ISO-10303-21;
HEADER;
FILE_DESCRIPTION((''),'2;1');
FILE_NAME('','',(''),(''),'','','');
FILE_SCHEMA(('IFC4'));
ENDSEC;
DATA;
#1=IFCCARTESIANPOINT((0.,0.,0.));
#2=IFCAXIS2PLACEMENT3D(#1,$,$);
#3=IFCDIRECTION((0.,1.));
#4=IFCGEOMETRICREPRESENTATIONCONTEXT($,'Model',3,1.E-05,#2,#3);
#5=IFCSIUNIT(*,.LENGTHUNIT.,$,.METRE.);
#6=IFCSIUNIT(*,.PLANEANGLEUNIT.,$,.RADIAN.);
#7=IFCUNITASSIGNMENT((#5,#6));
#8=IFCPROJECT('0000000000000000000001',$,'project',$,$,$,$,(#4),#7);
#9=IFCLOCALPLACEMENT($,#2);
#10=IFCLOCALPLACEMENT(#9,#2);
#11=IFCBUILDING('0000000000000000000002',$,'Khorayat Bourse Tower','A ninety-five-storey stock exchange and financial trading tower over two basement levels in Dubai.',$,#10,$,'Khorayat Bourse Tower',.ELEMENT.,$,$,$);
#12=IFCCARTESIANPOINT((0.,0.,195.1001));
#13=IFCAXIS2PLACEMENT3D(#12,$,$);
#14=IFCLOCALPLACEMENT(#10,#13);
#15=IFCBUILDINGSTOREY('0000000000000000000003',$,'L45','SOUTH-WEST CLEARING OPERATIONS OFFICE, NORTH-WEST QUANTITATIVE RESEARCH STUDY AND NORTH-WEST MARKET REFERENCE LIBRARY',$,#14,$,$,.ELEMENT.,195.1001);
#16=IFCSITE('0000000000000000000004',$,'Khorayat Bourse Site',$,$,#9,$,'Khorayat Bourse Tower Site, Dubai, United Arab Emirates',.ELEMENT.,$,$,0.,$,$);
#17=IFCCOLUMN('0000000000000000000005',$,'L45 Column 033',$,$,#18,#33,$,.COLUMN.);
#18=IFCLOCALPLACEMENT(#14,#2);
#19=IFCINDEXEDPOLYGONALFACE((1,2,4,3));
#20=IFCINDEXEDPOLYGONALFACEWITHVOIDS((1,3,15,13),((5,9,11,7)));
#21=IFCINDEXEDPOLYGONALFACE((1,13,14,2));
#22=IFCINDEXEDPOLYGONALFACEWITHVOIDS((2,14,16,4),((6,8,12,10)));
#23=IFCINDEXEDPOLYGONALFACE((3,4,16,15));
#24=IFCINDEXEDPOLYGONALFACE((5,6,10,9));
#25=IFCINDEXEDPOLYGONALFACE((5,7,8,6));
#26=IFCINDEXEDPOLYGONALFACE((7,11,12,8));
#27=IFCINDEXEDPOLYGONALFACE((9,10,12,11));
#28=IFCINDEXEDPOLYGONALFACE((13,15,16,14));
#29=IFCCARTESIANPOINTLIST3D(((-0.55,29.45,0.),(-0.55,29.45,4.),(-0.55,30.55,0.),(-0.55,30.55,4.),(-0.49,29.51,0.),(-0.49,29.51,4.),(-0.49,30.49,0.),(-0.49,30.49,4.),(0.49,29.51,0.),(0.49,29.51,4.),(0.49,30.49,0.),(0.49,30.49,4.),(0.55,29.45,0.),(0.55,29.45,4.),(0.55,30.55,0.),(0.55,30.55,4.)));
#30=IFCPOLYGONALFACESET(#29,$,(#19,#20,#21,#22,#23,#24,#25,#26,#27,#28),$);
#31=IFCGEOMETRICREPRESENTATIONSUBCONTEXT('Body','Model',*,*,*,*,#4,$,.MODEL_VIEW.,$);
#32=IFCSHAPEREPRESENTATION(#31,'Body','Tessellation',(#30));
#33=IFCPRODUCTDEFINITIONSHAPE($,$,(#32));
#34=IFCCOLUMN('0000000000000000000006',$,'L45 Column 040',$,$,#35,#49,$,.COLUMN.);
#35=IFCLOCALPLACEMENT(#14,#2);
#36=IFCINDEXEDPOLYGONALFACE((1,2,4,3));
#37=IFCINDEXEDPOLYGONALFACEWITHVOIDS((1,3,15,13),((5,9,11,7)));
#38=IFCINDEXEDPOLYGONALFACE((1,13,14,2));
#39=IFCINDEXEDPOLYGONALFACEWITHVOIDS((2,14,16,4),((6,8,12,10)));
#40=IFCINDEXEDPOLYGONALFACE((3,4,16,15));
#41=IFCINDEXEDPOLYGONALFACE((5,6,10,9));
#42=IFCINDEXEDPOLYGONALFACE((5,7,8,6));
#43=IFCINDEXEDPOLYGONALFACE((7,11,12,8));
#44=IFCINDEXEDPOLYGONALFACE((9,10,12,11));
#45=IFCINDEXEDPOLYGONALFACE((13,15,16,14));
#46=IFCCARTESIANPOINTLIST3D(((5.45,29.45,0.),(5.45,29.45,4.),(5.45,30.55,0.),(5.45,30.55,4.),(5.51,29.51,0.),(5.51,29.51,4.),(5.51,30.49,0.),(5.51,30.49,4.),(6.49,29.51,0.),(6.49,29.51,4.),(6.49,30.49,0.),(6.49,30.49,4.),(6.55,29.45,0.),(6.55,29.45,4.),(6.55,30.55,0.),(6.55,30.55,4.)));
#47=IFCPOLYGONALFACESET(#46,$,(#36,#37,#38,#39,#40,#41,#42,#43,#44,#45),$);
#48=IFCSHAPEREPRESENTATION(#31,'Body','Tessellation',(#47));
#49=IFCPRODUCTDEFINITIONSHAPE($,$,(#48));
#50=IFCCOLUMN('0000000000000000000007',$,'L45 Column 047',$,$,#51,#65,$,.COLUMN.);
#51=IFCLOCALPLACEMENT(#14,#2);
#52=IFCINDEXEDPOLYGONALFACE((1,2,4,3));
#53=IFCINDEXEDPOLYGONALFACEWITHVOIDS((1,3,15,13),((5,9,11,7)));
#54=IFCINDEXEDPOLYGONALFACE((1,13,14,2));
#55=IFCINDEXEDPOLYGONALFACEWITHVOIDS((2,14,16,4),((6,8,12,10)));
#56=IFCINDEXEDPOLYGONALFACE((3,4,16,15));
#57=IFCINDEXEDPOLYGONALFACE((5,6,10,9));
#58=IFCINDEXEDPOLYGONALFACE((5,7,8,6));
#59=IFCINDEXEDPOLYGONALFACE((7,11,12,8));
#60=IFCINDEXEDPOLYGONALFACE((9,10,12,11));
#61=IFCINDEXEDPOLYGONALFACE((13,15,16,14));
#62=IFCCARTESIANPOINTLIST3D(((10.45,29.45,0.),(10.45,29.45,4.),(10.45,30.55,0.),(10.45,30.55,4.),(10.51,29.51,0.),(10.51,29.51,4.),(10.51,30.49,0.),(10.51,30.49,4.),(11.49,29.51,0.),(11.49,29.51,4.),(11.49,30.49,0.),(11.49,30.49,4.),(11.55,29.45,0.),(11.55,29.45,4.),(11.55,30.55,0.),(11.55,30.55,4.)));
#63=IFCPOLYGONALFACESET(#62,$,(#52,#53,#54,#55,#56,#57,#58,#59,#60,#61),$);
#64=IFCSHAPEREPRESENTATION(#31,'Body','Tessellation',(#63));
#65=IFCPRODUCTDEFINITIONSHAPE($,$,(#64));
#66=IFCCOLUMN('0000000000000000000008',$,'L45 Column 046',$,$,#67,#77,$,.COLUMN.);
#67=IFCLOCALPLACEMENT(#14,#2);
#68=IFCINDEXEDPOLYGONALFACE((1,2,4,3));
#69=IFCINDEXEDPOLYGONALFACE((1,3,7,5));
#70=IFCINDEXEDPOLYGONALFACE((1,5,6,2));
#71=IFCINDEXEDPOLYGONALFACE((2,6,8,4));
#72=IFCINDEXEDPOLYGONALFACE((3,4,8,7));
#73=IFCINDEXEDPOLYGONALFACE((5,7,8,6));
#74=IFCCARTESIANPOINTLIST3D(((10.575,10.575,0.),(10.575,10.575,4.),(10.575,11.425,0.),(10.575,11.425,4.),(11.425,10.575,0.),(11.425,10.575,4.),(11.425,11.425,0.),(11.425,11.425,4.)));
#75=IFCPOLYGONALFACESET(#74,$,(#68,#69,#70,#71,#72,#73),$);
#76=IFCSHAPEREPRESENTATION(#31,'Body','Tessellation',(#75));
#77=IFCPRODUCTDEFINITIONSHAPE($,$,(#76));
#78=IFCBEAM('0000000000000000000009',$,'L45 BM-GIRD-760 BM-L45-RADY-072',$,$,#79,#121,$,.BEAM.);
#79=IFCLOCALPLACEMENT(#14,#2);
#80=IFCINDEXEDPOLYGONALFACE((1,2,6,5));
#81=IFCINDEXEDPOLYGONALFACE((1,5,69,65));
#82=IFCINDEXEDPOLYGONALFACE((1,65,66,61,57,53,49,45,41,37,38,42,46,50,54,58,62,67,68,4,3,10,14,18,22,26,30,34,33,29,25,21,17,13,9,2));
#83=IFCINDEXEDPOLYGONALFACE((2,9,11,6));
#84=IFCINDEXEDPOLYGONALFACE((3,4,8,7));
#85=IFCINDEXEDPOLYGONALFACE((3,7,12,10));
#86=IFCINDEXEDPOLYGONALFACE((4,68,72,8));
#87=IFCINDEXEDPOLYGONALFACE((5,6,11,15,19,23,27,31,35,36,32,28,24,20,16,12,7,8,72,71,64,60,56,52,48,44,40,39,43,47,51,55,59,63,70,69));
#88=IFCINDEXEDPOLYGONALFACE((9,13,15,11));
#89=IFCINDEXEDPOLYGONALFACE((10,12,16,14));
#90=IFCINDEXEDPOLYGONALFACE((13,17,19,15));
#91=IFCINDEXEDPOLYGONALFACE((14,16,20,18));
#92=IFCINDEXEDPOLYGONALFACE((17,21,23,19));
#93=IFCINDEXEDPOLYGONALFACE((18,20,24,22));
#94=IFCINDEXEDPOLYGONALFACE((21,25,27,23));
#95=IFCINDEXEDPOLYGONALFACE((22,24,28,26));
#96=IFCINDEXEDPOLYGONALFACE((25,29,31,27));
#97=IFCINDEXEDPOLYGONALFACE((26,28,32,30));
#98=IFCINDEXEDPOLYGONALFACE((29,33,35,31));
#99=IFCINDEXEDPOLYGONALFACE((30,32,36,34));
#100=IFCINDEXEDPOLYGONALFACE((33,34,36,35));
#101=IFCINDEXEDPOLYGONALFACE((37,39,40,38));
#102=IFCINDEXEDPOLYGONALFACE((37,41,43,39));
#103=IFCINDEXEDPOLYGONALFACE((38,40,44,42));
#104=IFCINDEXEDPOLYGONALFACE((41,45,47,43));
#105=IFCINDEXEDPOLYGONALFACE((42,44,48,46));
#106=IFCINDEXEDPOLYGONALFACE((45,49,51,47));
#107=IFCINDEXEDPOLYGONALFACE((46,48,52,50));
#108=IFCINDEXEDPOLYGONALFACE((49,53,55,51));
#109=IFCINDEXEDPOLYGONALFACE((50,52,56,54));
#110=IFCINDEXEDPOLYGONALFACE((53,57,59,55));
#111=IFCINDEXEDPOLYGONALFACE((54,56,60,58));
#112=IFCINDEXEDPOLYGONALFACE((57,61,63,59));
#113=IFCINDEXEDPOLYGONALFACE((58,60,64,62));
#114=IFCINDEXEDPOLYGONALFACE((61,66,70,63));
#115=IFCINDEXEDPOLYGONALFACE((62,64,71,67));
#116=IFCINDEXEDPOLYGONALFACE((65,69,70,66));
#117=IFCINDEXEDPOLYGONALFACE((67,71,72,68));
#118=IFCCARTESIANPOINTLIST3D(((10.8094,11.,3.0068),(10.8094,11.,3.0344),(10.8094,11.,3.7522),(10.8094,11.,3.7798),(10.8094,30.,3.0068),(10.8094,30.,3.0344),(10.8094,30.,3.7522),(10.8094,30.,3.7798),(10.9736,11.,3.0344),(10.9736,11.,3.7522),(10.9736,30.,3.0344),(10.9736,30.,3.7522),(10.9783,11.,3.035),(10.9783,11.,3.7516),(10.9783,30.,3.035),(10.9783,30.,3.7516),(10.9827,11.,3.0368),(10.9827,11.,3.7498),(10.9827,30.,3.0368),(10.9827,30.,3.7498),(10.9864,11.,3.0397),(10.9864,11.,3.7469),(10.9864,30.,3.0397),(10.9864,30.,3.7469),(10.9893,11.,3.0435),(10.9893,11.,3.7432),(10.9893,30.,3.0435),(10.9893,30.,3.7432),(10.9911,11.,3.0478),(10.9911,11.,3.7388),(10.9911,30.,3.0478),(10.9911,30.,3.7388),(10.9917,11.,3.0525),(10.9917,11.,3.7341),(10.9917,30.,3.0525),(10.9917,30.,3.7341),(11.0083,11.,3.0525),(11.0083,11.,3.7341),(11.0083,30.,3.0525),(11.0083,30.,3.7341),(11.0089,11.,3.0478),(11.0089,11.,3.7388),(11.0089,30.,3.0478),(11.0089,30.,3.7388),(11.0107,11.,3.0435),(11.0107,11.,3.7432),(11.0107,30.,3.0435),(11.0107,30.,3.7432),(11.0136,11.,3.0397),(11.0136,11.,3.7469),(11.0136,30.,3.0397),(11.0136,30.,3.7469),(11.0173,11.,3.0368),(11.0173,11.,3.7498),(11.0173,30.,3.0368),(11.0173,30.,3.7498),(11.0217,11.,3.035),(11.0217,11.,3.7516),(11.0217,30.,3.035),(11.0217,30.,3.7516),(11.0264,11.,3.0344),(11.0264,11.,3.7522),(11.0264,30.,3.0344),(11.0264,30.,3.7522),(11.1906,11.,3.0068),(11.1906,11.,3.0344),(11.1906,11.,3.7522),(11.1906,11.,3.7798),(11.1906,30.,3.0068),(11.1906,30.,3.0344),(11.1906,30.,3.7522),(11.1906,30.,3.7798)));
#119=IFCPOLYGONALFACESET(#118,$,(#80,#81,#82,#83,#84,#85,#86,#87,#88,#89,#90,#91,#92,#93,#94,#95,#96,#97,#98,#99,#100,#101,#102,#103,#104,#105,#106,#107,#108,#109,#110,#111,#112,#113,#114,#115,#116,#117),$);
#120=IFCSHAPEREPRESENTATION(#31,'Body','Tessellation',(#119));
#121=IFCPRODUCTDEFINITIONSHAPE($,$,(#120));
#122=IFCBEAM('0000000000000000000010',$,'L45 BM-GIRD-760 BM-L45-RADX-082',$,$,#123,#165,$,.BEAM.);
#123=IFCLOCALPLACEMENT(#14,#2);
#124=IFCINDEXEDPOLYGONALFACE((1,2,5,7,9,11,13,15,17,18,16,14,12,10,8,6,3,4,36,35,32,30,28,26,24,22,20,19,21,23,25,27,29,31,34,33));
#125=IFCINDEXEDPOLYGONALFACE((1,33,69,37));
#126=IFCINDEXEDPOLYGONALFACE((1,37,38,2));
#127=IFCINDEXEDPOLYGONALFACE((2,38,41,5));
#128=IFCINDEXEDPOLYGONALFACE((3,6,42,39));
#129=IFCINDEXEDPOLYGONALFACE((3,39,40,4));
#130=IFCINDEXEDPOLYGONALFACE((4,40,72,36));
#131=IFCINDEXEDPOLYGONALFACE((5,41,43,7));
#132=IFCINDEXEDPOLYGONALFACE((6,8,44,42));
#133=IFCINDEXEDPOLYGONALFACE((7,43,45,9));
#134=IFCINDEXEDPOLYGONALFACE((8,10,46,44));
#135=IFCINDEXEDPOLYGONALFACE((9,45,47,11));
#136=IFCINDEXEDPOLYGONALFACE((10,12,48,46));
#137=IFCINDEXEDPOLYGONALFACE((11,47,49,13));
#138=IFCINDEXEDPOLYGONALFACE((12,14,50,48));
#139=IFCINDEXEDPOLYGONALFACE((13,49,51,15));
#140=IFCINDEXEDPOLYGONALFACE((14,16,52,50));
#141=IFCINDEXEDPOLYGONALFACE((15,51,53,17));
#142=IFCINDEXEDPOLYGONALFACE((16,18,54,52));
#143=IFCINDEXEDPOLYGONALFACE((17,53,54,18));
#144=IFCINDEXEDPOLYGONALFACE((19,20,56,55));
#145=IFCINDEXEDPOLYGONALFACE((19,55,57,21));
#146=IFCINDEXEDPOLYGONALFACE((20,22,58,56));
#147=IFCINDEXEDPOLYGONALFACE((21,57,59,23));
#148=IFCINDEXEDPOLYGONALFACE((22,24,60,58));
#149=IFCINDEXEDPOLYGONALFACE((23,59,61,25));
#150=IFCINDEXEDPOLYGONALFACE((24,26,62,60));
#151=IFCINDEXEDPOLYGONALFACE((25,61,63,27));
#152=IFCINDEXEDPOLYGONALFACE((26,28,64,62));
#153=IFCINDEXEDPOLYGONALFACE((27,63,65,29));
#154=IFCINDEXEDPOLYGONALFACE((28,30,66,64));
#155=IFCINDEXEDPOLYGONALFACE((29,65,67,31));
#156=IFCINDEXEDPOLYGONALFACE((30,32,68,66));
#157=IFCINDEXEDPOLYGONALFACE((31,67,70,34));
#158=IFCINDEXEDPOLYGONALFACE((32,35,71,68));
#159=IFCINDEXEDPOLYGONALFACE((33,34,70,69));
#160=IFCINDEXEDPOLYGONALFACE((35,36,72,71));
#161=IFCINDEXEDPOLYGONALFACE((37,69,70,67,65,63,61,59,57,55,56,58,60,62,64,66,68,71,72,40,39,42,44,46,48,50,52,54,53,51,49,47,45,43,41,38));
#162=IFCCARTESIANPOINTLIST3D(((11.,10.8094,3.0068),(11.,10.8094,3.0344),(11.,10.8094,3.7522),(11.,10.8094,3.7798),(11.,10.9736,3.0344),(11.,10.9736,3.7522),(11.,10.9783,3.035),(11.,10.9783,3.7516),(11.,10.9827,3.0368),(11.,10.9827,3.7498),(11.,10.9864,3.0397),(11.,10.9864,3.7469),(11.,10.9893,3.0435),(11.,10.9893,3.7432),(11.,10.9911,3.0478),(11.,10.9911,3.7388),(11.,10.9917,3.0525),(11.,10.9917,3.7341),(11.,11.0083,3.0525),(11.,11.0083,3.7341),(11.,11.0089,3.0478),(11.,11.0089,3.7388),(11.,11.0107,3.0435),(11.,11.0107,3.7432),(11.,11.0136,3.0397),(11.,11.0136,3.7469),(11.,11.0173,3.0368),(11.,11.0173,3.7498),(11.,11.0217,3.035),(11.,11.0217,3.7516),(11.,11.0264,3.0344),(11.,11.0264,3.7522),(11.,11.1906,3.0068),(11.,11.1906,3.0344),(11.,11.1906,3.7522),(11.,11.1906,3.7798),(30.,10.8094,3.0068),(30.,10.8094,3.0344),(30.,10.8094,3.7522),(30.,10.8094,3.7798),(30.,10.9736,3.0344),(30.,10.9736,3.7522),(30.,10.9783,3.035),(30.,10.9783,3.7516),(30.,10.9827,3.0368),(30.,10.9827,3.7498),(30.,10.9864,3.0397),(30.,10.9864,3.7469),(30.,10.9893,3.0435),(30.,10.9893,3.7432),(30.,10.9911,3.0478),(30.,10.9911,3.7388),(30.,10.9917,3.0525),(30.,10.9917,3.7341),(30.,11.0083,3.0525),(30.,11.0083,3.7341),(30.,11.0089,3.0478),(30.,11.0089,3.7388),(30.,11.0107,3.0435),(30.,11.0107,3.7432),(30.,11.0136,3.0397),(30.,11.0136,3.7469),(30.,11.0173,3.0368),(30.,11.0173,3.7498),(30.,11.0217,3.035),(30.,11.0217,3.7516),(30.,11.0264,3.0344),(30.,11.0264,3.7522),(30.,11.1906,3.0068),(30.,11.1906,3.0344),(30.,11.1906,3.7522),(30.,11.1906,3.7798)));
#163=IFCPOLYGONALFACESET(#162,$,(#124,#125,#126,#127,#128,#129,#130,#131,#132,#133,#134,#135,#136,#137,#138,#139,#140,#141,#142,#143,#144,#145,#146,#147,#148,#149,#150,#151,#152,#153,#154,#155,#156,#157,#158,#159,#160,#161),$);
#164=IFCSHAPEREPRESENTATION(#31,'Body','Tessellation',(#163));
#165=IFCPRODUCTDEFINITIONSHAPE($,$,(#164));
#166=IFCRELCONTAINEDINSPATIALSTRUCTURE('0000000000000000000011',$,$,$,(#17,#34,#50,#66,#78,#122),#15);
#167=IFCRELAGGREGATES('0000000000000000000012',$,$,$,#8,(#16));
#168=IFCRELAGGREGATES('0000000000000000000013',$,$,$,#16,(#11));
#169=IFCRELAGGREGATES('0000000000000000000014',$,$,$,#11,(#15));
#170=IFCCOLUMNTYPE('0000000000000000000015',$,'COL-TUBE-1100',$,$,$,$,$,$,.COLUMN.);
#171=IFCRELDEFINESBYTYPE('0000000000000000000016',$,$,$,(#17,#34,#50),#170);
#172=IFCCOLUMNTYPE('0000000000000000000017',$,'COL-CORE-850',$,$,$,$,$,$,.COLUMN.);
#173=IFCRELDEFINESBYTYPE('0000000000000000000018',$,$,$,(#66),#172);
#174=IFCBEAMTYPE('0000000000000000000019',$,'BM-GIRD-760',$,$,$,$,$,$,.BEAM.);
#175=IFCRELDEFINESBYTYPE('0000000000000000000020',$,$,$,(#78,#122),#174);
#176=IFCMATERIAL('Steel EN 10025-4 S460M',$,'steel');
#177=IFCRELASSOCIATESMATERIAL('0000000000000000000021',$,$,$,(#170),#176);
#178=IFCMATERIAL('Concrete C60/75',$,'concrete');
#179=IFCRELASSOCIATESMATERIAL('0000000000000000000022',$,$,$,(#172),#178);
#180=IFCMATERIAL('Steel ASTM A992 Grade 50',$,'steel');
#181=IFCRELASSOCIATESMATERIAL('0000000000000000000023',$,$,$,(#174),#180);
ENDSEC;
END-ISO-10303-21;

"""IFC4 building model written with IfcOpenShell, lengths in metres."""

from ifc_helpers import new_model, si_unit, direction, frame, origin, origin_2d, place, context, subcontext, project, spatial, rectangle, hollow_rectangle, i_section, extrude, source, transform, mapped, material, material_profile, profile_set, type_object, element, save


model = new_model("IFC4")

# Units and contexts
model_context = context("Model", 3, precision=1e-05, world=origin(), true_north=direction((0.0, 1.0)))
body_context = subcontext(model_context, "Body", "Model", "MODEL_VIEW")
ifc_project = project(units=[si_unit("LENGTHUNIT", "METRE"), si_unit("PLANEANGLEUNIT", "RADIAN")], contexts=[model_context])

# Site, building, storey
site_placement = place(None, origin())
site = spatial("IfcSite", under=ifc_project, at=site_placement, Name="Khorayat Bourse Site", LongName="Khorayat Bourse Tower Site, Dubai, United Arab Emirates", CompositionType="ELEMENT", RefElevation=0.0)
building_placement = place(site_placement, origin())
building = spatial("IfcBuilding", under=site, at=building_placement, Name="Khorayat Bourse Tower", Description="A ninety-five-storey stock exchange and financial trading tower over two basement levels in Dubai.", LongName="Khorayat Bourse Tower", CompositionType="ELEMENT")
storey_placement = place(building_placement, frame((0.0, 0.0, 195.1001)))
storey = spatial("IfcBuildingStorey", under=building, at=storey_placement, Name="L45", Description="SOUTH-WEST CLEARING OPERATIONS OFFICE, NORTH-WEST QUANTITATIVE RESEARCH STUDY AND NORTH-WEST MARKET REFERENCE LIBRARY", CompositionType="ELEMENT", Elevation=195.1001)

# Columns
ifc_material_1 = material(Name="Steel EN 10025-4 S460M", Category="steel")
ifc_material_profile_1 = material_profile(ifc_material_1, hollow_rectangle(XDim=1.1001, YDim=1.1001, WallThickness=0.0601, at=origin_2d()), Name="BOX 1100x1100x60")
ifc_profile_set_1 = profile_set([ifc_material_profile_1], Name="Steel EN 10025-4 S460M")
column_type_1 = type_object("IfcColumnType", Name="COL-TUBE-1100", PredefinedType="COLUMN", material=ifc_profile_set_1)
shared_shape_1 = source(origin(), body_context, "Body", "SweptSolid", [
    extrude(hollow_rectangle(XDim=1.1001, YDim=1.1001, WallThickness=0.0601, at=origin_2d()), origin(), (0.0, 0.0, 1.0), 4.0),
])
for number, where, z_axis, x_axis, name in (
    (1, (0.0, 30.0, 0.0), (0.0, 0.0, 1.0), (1.0, 0.0, 0.0), "L45 Column 033"),
    (2, (6.0, 30.0, 0.0), (0.0, 0.0, 1.0), (1.0, 0.0, 0.0), "L45 Column 040"),
    (3, (11.0, 30.0, 0.0), (0.0, 0.0, 1.0), (1.0, 0.0, 0.0), "L45 Column 047"),
):
    element("IfcColumn", number, at=place(storey_placement, frame(where, z_axis=z_axis, x_axis=x_axis)), inside=storey, type_object=column_type_1, Name=name, PredefinedType="COLUMN", context=body_context, shape_type="MappedRepresentation", body=[
        mapped(shared_shape_1, transform((0.0, 0.0, 0.0), scale=1.0)),
    ])
ifc_material_2 = material(Name="Concrete C60/75", Category="concrete")
ifc_material_profile_2 = material_profile(ifc_material_2, rectangle(XDim=0.8501, YDim=0.8501, at=origin_2d()), Name="RC 850x850")
ifc_profile_set_2 = profile_set([ifc_material_profile_2], Name="Concrete C60/75")
column_type_2 = type_object("IfcColumnType", Name="COL-CORE-850", PredefinedType="COLUMN", material=ifc_profile_set_2)
shared_shape_2 = source(origin(), body_context, "Body", "SweptSolid", [
    extrude(rectangle(XDim=0.8501, YDim=0.8501, at=origin_2d()), origin(), (0.0, 0.0, 1.0), 4.0),
])
column_placement = place(storey_placement, frame((11.0, 11.0, 0.0), z_axis=(0.0, 0.0, 1.0), x_axis=(1.0, 0.0, 0.0)))
element("IfcColumn", 4, at=column_placement, inside=storey, type_object=column_type_2, Name="L45 Column 046", PredefinedType="COLUMN", context=body_context, shape_type="MappedRepresentation", body=[
    mapped(shared_shape_2, transform((0.0, 0.0, 0.0), scale=1.0)),
])

# Beams
ifc_material_3 = material(Name="Steel ASTM A992 Grade 50", Category="steel")
ifc_material_profile_3 = material_profile(ifc_material_3, i_section(OverallWidth=0.3811, OverallDepth=0.7729, WebThickness=0.0166, FlangeThickness=0.0276, FilletRadius=0.0181, at=origin_2d()), Name="W760X257")
ifc_profile_set_3 = profile_set([ifc_material_profile_3], Name="Steel ASTM A992 Grade 50")
beam_type_1 = type_object("IfcBeamType", Name="BM-GIRD-760", PredefinedType="BEAM", material=ifc_profile_set_3)
shared_shape_3 = source(origin(), body_context, "Body", "SweptSolid", [
    extrude(i_section(OverallWidth=0.3811, OverallDepth=0.7729, WebThickness=0.0166, FlangeThickness=0.0276, FilletRadius=0.0181, at=origin_2d()), origin(), (0.0, 0.0, 1.0), 19.0),
])
for number, where, z_axis, x_axis, name in (
    (5, (11.0, 11.0, 3.3933), (0.0, 1.0, 0.0), (-1.0, 0.0, 0.0), "L45 BM-GIRD-760 BM-L45-RADY-072"),
    (6, (11.0, 11.0, 3.3933), (1.0, 0.0, 0.0), (0.0, 1.0, 0.0), "L45 BM-GIRD-760 BM-L45-RADX-082"),
):
    element("IfcBeam", number, at=place(storey_placement, frame(where, z_axis=z_axis, x_axis=x_axis)), inside=storey, type_object=beam_type_1, Name=name, PredefinedType="BEAM", context=body_context, shape_type="MappedRepresentation", body=[
        mapped(shared_shape_3, transform((0.0, 0.0, 0.0), scale=1.0)),
    ])

save(model, "model.ifc")
